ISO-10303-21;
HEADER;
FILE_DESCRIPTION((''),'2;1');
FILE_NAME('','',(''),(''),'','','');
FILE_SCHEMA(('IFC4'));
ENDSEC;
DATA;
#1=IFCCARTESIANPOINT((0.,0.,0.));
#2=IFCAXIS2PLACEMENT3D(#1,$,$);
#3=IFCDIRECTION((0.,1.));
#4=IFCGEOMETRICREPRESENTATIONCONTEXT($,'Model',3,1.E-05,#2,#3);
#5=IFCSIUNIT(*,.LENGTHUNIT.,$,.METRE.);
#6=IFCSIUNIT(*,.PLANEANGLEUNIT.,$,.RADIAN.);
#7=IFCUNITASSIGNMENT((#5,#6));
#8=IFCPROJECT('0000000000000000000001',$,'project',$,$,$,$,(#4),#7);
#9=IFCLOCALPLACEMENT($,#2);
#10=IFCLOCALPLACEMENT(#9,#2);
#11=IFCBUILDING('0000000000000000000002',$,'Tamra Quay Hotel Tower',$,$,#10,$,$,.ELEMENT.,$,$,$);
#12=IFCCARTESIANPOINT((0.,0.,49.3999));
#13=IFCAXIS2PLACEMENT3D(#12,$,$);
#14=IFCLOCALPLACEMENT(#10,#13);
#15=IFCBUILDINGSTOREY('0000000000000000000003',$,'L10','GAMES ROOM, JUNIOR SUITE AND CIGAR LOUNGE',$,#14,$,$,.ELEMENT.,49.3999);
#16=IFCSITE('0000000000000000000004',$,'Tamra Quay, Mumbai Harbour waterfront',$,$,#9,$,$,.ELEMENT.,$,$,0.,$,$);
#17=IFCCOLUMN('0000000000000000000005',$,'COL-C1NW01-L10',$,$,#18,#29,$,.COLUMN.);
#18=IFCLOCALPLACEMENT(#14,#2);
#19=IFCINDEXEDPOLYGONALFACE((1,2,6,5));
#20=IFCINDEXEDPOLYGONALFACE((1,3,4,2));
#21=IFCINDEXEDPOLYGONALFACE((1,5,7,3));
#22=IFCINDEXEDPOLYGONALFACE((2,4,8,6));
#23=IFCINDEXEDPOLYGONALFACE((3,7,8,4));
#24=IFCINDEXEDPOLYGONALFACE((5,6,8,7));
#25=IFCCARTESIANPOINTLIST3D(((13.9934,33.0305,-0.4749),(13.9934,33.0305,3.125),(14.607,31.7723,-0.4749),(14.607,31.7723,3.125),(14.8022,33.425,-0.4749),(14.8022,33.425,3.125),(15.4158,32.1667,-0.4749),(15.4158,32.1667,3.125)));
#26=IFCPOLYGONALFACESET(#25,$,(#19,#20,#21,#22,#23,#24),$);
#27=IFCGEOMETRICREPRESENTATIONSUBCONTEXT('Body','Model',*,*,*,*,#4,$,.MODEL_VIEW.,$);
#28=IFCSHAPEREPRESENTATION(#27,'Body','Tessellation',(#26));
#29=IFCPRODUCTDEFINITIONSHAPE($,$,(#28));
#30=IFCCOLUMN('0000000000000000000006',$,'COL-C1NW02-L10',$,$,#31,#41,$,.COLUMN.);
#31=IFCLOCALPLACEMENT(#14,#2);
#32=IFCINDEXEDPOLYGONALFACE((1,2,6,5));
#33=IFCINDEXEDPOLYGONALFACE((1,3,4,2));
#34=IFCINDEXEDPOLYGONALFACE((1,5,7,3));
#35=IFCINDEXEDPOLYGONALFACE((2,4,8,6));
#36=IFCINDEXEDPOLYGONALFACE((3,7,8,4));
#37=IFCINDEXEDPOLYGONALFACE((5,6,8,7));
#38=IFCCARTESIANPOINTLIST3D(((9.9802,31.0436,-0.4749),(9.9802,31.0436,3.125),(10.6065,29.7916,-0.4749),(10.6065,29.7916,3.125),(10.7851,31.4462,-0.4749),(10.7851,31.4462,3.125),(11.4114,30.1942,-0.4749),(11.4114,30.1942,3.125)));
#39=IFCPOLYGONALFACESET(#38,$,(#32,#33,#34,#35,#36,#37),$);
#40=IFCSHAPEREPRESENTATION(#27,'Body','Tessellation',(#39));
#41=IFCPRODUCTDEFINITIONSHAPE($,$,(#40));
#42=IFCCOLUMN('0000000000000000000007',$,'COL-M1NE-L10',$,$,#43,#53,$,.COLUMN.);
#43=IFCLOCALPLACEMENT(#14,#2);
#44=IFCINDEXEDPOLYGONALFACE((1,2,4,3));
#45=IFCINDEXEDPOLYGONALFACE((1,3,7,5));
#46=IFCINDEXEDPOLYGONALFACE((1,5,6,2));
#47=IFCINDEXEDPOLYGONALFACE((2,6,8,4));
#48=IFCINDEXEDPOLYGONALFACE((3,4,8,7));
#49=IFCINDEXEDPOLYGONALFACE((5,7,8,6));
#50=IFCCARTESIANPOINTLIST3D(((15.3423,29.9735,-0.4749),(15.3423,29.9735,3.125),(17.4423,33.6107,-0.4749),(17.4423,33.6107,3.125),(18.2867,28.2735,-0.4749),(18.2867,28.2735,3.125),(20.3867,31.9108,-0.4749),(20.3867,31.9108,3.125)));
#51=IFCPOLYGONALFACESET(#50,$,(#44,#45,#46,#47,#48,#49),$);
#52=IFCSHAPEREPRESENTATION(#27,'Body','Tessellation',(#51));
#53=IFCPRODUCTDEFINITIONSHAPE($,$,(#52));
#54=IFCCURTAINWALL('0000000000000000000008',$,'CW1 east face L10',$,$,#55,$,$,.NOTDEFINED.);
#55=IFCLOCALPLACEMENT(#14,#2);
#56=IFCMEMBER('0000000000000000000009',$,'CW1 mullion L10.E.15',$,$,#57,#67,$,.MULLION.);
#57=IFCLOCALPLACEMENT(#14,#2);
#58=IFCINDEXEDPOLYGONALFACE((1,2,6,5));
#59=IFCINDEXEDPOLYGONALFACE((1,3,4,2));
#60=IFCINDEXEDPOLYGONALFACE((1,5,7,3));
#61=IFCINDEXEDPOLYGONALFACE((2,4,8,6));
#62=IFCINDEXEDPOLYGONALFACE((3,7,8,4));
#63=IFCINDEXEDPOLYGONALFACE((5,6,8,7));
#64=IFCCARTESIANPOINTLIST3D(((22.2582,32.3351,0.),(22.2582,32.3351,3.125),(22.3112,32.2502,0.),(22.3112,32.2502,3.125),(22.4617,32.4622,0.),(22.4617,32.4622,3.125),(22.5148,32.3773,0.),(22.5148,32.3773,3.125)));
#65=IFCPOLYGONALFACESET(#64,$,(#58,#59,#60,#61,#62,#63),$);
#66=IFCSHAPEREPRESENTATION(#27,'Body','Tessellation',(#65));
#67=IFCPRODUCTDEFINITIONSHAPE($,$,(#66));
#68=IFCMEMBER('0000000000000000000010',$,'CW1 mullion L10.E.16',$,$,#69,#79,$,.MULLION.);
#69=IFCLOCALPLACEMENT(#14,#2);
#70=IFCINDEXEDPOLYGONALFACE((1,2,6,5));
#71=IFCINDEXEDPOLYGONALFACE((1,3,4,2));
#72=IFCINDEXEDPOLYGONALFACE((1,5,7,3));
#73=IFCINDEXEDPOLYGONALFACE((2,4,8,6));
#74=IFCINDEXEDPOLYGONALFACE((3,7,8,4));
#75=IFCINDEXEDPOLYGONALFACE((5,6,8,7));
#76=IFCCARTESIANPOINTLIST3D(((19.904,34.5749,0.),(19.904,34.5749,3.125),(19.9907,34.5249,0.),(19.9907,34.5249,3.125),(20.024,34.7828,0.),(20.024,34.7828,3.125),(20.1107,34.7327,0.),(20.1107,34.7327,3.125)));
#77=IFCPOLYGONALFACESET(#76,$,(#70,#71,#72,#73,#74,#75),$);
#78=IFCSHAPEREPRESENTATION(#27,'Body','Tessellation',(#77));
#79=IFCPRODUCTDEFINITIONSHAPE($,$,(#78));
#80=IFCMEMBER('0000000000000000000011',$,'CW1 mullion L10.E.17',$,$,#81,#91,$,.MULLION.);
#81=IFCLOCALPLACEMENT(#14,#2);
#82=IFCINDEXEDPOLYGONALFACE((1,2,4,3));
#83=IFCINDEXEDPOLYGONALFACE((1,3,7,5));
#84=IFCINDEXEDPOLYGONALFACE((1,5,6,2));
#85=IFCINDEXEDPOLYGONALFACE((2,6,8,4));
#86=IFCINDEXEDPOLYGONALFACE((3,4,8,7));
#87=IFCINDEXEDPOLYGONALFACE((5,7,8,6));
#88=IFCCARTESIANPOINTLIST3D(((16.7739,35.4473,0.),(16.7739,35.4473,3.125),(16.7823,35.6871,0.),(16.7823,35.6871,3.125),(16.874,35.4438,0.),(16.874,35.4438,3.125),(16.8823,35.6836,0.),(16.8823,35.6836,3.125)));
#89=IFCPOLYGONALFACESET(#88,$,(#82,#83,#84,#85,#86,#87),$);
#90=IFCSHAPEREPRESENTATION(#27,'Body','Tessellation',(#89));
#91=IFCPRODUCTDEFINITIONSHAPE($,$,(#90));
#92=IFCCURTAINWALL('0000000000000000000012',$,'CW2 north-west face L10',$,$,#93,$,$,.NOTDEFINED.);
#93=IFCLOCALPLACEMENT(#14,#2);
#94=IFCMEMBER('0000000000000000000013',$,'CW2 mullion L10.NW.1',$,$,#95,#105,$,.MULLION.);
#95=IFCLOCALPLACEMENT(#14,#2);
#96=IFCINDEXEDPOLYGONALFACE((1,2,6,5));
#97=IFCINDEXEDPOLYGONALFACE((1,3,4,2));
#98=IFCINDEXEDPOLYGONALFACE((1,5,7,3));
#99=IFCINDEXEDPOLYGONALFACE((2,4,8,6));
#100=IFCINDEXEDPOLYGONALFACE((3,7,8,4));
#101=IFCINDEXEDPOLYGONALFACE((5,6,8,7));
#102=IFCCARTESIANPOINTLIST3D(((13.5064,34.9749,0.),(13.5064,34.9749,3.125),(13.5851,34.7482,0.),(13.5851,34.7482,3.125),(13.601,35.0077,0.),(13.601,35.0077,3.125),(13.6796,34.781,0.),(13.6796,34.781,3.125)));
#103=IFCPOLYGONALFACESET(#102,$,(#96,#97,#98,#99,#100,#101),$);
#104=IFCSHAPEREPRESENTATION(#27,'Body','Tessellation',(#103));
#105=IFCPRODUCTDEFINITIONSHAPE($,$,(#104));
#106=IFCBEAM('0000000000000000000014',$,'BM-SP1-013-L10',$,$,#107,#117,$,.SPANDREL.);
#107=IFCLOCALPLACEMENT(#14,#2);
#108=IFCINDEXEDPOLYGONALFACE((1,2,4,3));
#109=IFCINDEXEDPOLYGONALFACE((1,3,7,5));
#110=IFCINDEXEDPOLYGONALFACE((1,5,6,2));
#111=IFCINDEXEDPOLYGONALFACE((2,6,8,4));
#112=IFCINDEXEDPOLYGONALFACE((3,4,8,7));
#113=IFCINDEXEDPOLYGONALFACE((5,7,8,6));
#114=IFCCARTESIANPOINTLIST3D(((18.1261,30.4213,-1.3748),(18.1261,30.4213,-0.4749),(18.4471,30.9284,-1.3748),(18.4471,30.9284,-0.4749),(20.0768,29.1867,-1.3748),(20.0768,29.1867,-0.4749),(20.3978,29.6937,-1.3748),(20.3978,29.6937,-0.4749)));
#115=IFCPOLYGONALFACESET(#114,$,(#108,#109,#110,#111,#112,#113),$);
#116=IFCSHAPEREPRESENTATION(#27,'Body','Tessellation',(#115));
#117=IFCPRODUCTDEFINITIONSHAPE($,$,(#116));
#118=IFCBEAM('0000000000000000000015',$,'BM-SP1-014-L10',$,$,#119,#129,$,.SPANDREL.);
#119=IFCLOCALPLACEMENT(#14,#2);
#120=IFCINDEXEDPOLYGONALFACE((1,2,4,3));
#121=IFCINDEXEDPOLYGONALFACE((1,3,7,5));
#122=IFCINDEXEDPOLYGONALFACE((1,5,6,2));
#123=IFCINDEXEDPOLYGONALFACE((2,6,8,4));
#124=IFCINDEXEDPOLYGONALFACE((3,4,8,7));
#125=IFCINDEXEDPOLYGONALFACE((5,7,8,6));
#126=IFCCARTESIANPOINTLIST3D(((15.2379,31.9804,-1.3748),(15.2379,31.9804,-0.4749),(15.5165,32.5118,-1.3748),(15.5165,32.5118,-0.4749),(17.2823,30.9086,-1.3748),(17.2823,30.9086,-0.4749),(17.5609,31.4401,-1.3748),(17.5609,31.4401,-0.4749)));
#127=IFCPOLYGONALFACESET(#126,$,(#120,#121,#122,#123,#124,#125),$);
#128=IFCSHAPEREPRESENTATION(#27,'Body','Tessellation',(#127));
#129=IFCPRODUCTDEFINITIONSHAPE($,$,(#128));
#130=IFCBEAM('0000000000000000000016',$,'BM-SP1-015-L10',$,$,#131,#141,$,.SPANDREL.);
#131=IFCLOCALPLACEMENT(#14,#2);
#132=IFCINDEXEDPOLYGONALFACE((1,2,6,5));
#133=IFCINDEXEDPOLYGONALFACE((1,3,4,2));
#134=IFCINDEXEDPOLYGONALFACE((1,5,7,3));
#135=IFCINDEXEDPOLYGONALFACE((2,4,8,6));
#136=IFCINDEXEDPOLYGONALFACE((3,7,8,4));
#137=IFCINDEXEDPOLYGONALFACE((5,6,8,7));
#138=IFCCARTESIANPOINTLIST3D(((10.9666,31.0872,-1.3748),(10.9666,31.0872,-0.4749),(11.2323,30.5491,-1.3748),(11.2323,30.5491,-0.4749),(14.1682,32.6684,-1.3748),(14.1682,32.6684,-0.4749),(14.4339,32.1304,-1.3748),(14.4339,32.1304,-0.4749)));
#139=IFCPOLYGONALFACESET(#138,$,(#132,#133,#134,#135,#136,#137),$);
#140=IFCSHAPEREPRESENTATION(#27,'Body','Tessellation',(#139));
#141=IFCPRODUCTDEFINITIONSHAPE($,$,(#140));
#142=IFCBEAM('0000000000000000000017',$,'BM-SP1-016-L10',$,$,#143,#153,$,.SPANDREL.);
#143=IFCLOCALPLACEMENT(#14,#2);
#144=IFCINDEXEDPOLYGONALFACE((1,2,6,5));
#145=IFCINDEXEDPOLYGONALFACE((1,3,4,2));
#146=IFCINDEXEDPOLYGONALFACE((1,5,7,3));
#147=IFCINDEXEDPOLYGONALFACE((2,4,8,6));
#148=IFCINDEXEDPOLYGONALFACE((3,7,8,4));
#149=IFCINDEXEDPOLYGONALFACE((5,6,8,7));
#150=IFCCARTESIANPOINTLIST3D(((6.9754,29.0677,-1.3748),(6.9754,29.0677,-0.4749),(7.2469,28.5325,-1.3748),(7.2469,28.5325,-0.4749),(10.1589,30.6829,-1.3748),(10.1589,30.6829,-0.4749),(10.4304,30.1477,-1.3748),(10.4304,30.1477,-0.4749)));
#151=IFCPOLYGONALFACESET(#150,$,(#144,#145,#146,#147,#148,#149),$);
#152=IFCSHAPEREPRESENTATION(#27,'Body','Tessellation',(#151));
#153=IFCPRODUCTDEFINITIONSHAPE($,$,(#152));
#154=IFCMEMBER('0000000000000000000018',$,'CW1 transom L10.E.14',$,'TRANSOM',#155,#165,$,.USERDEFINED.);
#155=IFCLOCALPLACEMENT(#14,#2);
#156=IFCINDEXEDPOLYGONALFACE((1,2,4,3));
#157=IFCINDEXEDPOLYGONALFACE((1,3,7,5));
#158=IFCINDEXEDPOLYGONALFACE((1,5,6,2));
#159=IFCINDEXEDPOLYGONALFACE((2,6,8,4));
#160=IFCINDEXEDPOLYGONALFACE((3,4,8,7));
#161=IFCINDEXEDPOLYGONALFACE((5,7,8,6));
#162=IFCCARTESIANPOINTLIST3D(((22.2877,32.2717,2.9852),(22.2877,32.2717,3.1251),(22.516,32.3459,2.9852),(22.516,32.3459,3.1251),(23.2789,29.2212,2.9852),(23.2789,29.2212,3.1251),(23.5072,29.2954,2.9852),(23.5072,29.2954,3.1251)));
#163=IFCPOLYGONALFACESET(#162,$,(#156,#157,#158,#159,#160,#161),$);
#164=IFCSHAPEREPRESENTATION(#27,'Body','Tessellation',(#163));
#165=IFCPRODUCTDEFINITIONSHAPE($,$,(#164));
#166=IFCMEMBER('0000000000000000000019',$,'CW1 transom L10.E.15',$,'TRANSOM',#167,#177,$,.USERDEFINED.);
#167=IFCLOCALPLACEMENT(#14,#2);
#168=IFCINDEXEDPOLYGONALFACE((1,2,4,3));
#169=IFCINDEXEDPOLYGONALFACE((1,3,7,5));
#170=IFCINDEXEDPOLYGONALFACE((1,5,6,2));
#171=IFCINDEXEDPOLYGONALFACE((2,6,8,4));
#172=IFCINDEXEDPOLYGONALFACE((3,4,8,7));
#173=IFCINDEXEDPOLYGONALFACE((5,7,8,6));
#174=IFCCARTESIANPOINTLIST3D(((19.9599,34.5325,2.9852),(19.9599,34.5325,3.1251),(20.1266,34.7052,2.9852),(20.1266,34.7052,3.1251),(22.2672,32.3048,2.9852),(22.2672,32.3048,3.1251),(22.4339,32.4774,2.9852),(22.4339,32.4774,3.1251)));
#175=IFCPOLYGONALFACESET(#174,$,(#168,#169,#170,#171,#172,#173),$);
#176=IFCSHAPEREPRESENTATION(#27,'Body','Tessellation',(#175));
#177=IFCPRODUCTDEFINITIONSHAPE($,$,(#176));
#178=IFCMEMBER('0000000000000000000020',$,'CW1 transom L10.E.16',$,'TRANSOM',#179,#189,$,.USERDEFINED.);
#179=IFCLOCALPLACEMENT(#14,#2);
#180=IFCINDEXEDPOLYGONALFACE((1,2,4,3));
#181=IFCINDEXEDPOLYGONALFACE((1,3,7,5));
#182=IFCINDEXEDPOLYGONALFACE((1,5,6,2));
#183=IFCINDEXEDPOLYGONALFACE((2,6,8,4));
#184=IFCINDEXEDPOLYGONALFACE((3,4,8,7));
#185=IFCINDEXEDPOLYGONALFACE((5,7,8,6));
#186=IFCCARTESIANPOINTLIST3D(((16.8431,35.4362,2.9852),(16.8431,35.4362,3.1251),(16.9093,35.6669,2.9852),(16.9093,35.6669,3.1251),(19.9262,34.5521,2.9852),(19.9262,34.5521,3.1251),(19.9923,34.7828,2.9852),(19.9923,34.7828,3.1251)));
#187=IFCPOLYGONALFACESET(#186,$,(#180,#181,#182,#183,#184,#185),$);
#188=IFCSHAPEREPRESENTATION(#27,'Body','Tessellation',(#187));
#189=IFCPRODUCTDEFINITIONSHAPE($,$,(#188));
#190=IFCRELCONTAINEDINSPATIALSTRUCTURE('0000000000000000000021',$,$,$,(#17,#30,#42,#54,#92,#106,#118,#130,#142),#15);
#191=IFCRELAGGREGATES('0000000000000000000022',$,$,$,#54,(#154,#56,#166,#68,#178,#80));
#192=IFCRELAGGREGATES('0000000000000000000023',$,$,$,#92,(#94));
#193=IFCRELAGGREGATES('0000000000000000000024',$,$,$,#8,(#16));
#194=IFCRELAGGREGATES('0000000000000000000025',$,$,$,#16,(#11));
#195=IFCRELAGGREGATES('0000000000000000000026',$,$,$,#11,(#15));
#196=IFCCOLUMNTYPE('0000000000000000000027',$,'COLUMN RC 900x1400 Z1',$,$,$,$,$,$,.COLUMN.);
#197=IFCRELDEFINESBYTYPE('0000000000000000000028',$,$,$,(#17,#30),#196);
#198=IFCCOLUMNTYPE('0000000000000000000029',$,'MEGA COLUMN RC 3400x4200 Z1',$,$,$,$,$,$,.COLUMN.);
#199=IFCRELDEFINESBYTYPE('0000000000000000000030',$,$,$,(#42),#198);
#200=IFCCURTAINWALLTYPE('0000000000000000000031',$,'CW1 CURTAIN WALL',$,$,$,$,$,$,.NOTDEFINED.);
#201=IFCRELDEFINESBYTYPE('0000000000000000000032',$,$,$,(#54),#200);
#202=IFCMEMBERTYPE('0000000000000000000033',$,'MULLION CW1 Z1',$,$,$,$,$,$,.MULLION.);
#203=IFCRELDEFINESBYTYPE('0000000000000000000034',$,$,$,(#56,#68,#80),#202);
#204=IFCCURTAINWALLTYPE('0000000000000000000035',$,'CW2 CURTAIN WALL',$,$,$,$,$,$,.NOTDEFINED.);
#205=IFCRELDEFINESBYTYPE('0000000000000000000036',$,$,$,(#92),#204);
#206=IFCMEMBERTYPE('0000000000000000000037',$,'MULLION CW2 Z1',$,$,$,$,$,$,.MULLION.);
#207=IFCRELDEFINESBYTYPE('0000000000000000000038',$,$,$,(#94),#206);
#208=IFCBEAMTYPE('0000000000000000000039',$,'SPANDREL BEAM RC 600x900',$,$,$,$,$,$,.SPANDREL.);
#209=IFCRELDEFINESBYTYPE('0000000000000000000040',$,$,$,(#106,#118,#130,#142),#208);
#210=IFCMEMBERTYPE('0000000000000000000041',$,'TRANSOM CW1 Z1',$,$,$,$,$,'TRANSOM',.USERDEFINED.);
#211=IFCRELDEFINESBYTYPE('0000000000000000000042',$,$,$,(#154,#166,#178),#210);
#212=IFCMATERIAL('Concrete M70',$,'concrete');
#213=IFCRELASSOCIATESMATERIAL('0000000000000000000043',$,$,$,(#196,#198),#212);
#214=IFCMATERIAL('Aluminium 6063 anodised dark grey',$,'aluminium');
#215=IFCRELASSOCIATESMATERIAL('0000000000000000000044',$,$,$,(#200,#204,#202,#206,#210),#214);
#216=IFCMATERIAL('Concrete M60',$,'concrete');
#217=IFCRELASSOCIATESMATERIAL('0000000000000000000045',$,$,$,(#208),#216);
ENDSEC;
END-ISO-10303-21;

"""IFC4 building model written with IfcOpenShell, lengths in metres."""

from ifc_helpers import new_model, si_unit, direction, frame, origin, origin_2d, place, context, subcontext, project, spatial, rectangle, extrude, material, material_profile, profile_set, type_object, element, aggregate, save


model = new_model("IFC4")

# Units and contexts
model_context = context("Model", 3, precision=1e-05, world=origin(), true_north=direction((0.0, 1.0)))
body_context = subcontext(model_context, "Body", "Model", "MODEL_VIEW")
ifc_project = project(units=[si_unit("LENGTHUNIT", "METRE"), si_unit("PLANEANGLEUNIT", "RADIAN")], contexts=[model_context])

# Site, building, storey
site_placement = place(None, origin())
site = spatial("IfcSite", under=ifc_project, at=site_placement, Name="Tamra Quay, Mumbai Harbour waterfront", CompositionType="ELEMENT", RefElevation=0.0)
building_placement = place(site_placement, origin())
building = spatial("IfcBuilding", under=site, at=building_placement, Name="Tamra Quay Hotel Tower", CompositionType="ELEMENT")
storey_placement = place(building_placement, frame((0.0, 0.0, 49.3999)))
storey = spatial("IfcBuildingStorey", under=building, at=storey_placement, Name="L10", Description="GAMES ROOM, JUNIOR SUITE AND CIGAR LOUNGE", CompositionType="ELEMENT", Elevation=49.3999)

# Columns
ifc_material_1 = material(Name="Concrete M70", Category="concrete")
ifc_material_profile_1 = material_profile(ifc_material_1, rectangle(XDim=1.3999, YDim=0.8999, at=origin_2d()), Name="COLUMN RC 900x1400 Z1")
ifc_profile_set_1 = profile_set([ifc_material_profile_1], Name="Concrete M70")
column_type_1 = type_object("IfcColumnType", Name="COLUMN RC 900x1400 Z1", PredefinedType="COLUMN", material=ifc_profile_set_1)
for number, where, z_axis, x_axis, name in (
    (1, (14.7046, 32.5986, -0.4749), (0.0, 0.0, 1.0), (-0.438341, 0.898809, 0.0), "COL-C1NW01-L10"),
    (2, (10.6958, 30.6189, -0.4749), (0.0, 0.0, 1.0), (-0.447377, 0.894346, 0.0), "COL-C1NW02-L10"),
):
    element("IfcColumn", number, at=place(storey_placement, frame(where, z_axis=z_axis, x_axis=x_axis)), inside=storey, type_object=column_type_1, Name=name, PredefinedType="COLUMN", context=body_context, shape_type="SweptSolid", body=[
        extrude(rectangle(XDim=1.3999, YDim=0.8999, at=origin_2d()), origin(), (0.0, 0.0, 1.0), 3.5999),
    ])
ifc_material_profile_2 = material_profile(ifc_material_1, rectangle(XDim=4.2, YDim=3.3999, at=origin_2d()), Name="MEGA COLUMN RC 3400x4200 Z1")
ifc_profile_set_2 = profile_set([ifc_material_profile_2], Name="Concrete M70")
column_type_2 = type_object("IfcColumnType", Name="MEGA COLUMN RC 3400x4200 Z1", PredefinedType="COLUMN", material=ifc_profile_set_2)
column_placement = place(storey_placement, frame((17.8645, 30.9421, -0.4749), z_axis=(0.0, 0.0, 1.0), x_axis=(0.5, 0.866025, 0.0)))
element("IfcColumn", 3, at=column_placement, inside=storey, type_object=column_type_2, Name="COL-M1NE-L10", PredefinedType="COLUMN", context=body_context, shape_type="SweptSolid", body=[
    extrude(rectangle(XDim=4.2, YDim=3.3999, at=origin_2d()), origin(), (0.0, 0.0, 1.0), 3.5999),
])

# Curtain wall, members
ifc_material_2 = material(Name="Aluminium 6063 anodised dark grey", Category="aluminium")
curtain_wall_type_1 = type_object("IfcCurtainWallType", Name="CW1 CURTAIN WALL", PredefinedType="NOTDEFINED", material=ifc_material_2)
curtain_wall_1_placement = place(storey_placement, origin())
curtain_wall_1 = element("IfcCurtainWall", 4, at=curtain_wall_1_placement, inside=storey, type_object=curtain_wall_type_1, Name="CW1 east face L10", PredefinedType="NOTDEFINED")
ifc_material_profile_3 = material_profile(ifc_material_2, rectangle(XDim=0.24, YDim=0.1001, at=origin_2d()), Name="MULLION 100X240")
ifc_profile_set_3 = profile_set([ifc_material_profile_3], Name="Aluminium 6063 anodised dark grey")
member_type_1 = type_object("IfcMemberType", Name="MULLION CW1 Z1", PredefinedType="MULLION", material=ifc_profile_set_3)
member_1_placement = place(storey_placement, frame((22.3865, 32.3562, 0.0), z_axis=(0.0, 0.0, 1.0), x_axis=(0.848039, 0.529933, 0.0)))
member_1 = element("IfcMember", 5, at=member_1_placement, type_object=member_type_1, Name="CW1 mullion L10.E.15", PredefinedType="MULLION", context=body_context, shape_type="SweptSolid", body=[
    extrude(rectangle(XDim=0.24, YDim=0.1001, at=origin_2d()), origin(), (0.0, 0.0, 1.0), 3.125),
])
member_2_placement = place(storey_placement, frame((20.0073, 34.6538, 0.0), z_axis=(0.0, 0.0, 1.0), x_axis=(0.5, 0.866025, 0.0)))
member_2 = element("IfcMember", 6, at=member_2_placement, type_object=member_type_1, Name="CW1 mullion L10.E.16", PredefinedType="MULLION", context=body_context, shape_type="SweptSolid", body=[
    extrude(rectangle(XDim=0.24, YDim=0.1001, at=origin_2d()), origin(), (0.0, 0.0, 1.0), 3.125),
])
member_3_placement = place(storey_placement, frame((16.8281, 35.5654, 0.0), z_axis=(0.0, 0.0, 1.0), x_axis=(0.034916, 0.99939, 0.0)))
member_3 = element("IfcMember", 7, at=member_3_placement, type_object=member_type_1, Name="CW1 mullion L10.E.17", PredefinedType="MULLION", context=body_context, shape_type="SweptSolid", body=[
    extrude(rectangle(XDim=0.24, YDim=0.1001, at=origin_2d()), origin(), (0.0, 0.0, 1.0), 3.125),
])

# Curtain wall, member
curtain_wall_type_2 = type_object("IfcCurtainWallType", Name="CW2 CURTAIN WALL", PredefinedType="NOTDEFINED", material=ifc_material_2)
curtain_wall_2_placement = place(storey_placement, origin())
curtain_wall_2 = element("IfcCurtainWall", 8, at=curtain_wall_2_placement, inside=storey, type_object=curtain_wall_type_2, Name="CW2 north-west face L10", PredefinedType="NOTDEFINED")
ifc_material_profile_4 = material_profile(ifc_material_2, rectangle(XDim=0.24, YDim=0.1001, at=origin_2d()), Name="MULLION 100X240")
ifc_profile_set_4 = profile_set([ifc_material_profile_4], Name="Aluminium 6063 anodised dark grey")
member_type_2 = type_object("IfcMemberType", Name="MULLION CW2 Z1", PredefinedType="MULLION", material=ifc_profile_set_4)
member_4_placement = place(storey_placement, frame((13.593, 34.8779, 0.0), z_axis=(0.0, 0.0, 1.0), x_axis=(-0.327898, 0.944713, 0.0)))
member_4 = element("IfcMember", 9, at=member_4_placement, type_object=member_type_2, Name="CW2 mullion L10.NW.1", PredefinedType="MULLION", context=body_context, shape_type="SweptSolid", body=[
    extrude(rectangle(XDim=0.24, YDim=0.1001, at=origin_2d()), origin(), (0.0, 0.0, 1.0), 3.125),
])

# Beams
ifc_material_3 = material(Name="Concrete M60", Category="concrete")
ifc_material_profile_5 = material_profile(ifc_material_3, rectangle(XDim=0.6001, YDim=0.8999, at=origin_2d()), Name="SPANDREL BEAM RC 600x900")
ifc_profile_set_5 = profile_set([ifc_material_profile_5], Name="Concrete M60")
beam_type = type_object("IfcBeamType", Name="SPANDREL BEAM RC 600x900", PredefinedType="SPANDREL", material=ifc_profile_set_5)
beam_1_placement = place(storey_placement, frame((20.2373, 29.4402, -0.9248), z_axis=(-0.844978, 0.5348, 0.0), x_axis=(-0.5348, -0.844978, 0.0)))
element("IfcBeam", 10, at=beam_1_placement, inside=storey, type_object=beam_type, Name="BM-SP1-013-L10", PredefinedType="SPANDREL", context=body_context, shape_type="SweptSolid", body=[
    extrude(rectangle(XDim=0.6001, YDim=0.8999, at=origin_2d()), origin(), (0.0, 0.0, 1.0), 2.3086),
])
beam_2_placement = place(storey_placement, frame((17.4216, 31.1743, -0.9248), z_axis=(-0.885674, 0.464307, 0.0), x_axis=(-0.464307, -0.885674, 0.0)))
element("IfcBeam", 11, at=beam_2_placement, inside=storey, type_object=beam_type, Name="BM-SP1-014-L10", PredefinedType="SPANDREL", context=body_context, shape_type="SweptSolid", body=[
    extrude(rectangle(XDim=0.6001, YDim=0.8999, at=origin_2d()), origin(), (0.0, 0.0, 1.0), 2.3083),
])
beam_3_placement = place(storey_placement, frame((14.301, 32.3994, -0.9248), z_axis=(-0.896604, -0.442833, 0.0), x_axis=(0.442833, -0.896604, 0.0)))
element("IfcBeam", 12, at=beam_3_placement, inside=storey, type_object=beam_type, Name="BM-SP1-015-L10", PredefinedType="SPANDREL", context=body_context, shape_type="SweptSolid", body=[
    extrude(rectangle(XDim=0.6001, YDim=0.8999, at=origin_2d()), origin(), (0.0, 0.0, 1.0), 3.5708),
])
beam_4_placement = place(storey_placement, frame((10.2947, 30.4153, -0.9248), z_axis=(-0.891786, -0.452458, 0.0), x_axis=(0.452458, -0.891786, 0.0)))
element("IfcBeam", 13, at=beam_4_placement, inside=storey, type_object=beam_type, Name="BM-SP1-016-L10", PredefinedType="SPANDREL", context=body_context, shape_type="SweptSolid", body=[
    extrude(rectangle(XDim=0.6001, YDim=0.8999, at=origin_2d()), origin(), (0.0, 0.0, 1.0), 3.5698),
])

# Members
ifc_material_profile_6 = material_profile(ifc_material_2, rectangle(XDim=0.24, YDim=0.1399, at=origin_2d()), Name="TRANSOM 240X140")
ifc_profile_set_6 = profile_set([ifc_material_profile_6], Name="Aluminium 6063 anodised dark grey")
member_type_3 = type_object("IfcMemberType", Name="TRANSOM CW1 Z1", ElementType="TRANSOM", PredefinedType="USERDEFINED", material=ifc_profile_set_6)
member_5_placement = place(storey_placement, frame((23.3931, 29.2583, 3.0552), z_axis=(-0.309026, 0.951054, 0.0), x_axis=(-0.951054, -0.309026, 0.0)))
member_5 = element("IfcMember", 14, at=member_5_placement, type_object=member_type_3, Name="CW1 transom L10.E.14", ObjectType="TRANSOM", PredefinedType="USERDEFINED", context=body_context, shape_type="SweptSolid", body=[
    extrude(rectangle(XDim=0.24, YDim=0.1399, at=origin_2d()), origin(), (0.0, 0.0, 1.0), 3.2075),
])
member_6_placement = place(storey_placement, frame((22.3506, 32.3911, 3.0552), z_axis=(-0.719405, 0.69459, 0.0), x_axis=(-0.69459, -0.719405, 0.0)))
member_6 = element("IfcMember", 15, at=member_6_placement, type_object=member_type_3, Name="CW1 transom L10.E.15", ObjectType="TRANSOM", PredefinedType="USERDEFINED", context=body_context, shape_type="SweptSolid", body=[
    extrude(rectangle(XDim=0.24, YDim=0.1399, at=origin_2d()), origin(), (0.0, 0.0, 1.0), 3.2073),
])
member_7_placement = place(storey_placement, frame((19.9592, 34.6675, 3.0552), z_axis=(-0.961262, 0.275636, 0.0), x_axis=(-0.275636, -0.961262, 0.0)))
member_7 = element("IfcMember", 16, at=member_7_placement, type_object=member_type_3, Name="CW1 transom L10.E.16", ObjectType="TRANSOM", PredefinedType="USERDEFINED", context=body_context, shape_type="SweptSolid", body=[
    extrude(rectangle(XDim=0.24, YDim=0.1399, at=origin_2d()), origin(), (0.0, 0.0, 1.0), 3.2073),
])

aggregate(curtain_wall_1, [member_5, member_1, member_6, member_2, member_7, member_3])
aggregate(curtain_wall_2, [member_4])

save(model, "model.ifc")
